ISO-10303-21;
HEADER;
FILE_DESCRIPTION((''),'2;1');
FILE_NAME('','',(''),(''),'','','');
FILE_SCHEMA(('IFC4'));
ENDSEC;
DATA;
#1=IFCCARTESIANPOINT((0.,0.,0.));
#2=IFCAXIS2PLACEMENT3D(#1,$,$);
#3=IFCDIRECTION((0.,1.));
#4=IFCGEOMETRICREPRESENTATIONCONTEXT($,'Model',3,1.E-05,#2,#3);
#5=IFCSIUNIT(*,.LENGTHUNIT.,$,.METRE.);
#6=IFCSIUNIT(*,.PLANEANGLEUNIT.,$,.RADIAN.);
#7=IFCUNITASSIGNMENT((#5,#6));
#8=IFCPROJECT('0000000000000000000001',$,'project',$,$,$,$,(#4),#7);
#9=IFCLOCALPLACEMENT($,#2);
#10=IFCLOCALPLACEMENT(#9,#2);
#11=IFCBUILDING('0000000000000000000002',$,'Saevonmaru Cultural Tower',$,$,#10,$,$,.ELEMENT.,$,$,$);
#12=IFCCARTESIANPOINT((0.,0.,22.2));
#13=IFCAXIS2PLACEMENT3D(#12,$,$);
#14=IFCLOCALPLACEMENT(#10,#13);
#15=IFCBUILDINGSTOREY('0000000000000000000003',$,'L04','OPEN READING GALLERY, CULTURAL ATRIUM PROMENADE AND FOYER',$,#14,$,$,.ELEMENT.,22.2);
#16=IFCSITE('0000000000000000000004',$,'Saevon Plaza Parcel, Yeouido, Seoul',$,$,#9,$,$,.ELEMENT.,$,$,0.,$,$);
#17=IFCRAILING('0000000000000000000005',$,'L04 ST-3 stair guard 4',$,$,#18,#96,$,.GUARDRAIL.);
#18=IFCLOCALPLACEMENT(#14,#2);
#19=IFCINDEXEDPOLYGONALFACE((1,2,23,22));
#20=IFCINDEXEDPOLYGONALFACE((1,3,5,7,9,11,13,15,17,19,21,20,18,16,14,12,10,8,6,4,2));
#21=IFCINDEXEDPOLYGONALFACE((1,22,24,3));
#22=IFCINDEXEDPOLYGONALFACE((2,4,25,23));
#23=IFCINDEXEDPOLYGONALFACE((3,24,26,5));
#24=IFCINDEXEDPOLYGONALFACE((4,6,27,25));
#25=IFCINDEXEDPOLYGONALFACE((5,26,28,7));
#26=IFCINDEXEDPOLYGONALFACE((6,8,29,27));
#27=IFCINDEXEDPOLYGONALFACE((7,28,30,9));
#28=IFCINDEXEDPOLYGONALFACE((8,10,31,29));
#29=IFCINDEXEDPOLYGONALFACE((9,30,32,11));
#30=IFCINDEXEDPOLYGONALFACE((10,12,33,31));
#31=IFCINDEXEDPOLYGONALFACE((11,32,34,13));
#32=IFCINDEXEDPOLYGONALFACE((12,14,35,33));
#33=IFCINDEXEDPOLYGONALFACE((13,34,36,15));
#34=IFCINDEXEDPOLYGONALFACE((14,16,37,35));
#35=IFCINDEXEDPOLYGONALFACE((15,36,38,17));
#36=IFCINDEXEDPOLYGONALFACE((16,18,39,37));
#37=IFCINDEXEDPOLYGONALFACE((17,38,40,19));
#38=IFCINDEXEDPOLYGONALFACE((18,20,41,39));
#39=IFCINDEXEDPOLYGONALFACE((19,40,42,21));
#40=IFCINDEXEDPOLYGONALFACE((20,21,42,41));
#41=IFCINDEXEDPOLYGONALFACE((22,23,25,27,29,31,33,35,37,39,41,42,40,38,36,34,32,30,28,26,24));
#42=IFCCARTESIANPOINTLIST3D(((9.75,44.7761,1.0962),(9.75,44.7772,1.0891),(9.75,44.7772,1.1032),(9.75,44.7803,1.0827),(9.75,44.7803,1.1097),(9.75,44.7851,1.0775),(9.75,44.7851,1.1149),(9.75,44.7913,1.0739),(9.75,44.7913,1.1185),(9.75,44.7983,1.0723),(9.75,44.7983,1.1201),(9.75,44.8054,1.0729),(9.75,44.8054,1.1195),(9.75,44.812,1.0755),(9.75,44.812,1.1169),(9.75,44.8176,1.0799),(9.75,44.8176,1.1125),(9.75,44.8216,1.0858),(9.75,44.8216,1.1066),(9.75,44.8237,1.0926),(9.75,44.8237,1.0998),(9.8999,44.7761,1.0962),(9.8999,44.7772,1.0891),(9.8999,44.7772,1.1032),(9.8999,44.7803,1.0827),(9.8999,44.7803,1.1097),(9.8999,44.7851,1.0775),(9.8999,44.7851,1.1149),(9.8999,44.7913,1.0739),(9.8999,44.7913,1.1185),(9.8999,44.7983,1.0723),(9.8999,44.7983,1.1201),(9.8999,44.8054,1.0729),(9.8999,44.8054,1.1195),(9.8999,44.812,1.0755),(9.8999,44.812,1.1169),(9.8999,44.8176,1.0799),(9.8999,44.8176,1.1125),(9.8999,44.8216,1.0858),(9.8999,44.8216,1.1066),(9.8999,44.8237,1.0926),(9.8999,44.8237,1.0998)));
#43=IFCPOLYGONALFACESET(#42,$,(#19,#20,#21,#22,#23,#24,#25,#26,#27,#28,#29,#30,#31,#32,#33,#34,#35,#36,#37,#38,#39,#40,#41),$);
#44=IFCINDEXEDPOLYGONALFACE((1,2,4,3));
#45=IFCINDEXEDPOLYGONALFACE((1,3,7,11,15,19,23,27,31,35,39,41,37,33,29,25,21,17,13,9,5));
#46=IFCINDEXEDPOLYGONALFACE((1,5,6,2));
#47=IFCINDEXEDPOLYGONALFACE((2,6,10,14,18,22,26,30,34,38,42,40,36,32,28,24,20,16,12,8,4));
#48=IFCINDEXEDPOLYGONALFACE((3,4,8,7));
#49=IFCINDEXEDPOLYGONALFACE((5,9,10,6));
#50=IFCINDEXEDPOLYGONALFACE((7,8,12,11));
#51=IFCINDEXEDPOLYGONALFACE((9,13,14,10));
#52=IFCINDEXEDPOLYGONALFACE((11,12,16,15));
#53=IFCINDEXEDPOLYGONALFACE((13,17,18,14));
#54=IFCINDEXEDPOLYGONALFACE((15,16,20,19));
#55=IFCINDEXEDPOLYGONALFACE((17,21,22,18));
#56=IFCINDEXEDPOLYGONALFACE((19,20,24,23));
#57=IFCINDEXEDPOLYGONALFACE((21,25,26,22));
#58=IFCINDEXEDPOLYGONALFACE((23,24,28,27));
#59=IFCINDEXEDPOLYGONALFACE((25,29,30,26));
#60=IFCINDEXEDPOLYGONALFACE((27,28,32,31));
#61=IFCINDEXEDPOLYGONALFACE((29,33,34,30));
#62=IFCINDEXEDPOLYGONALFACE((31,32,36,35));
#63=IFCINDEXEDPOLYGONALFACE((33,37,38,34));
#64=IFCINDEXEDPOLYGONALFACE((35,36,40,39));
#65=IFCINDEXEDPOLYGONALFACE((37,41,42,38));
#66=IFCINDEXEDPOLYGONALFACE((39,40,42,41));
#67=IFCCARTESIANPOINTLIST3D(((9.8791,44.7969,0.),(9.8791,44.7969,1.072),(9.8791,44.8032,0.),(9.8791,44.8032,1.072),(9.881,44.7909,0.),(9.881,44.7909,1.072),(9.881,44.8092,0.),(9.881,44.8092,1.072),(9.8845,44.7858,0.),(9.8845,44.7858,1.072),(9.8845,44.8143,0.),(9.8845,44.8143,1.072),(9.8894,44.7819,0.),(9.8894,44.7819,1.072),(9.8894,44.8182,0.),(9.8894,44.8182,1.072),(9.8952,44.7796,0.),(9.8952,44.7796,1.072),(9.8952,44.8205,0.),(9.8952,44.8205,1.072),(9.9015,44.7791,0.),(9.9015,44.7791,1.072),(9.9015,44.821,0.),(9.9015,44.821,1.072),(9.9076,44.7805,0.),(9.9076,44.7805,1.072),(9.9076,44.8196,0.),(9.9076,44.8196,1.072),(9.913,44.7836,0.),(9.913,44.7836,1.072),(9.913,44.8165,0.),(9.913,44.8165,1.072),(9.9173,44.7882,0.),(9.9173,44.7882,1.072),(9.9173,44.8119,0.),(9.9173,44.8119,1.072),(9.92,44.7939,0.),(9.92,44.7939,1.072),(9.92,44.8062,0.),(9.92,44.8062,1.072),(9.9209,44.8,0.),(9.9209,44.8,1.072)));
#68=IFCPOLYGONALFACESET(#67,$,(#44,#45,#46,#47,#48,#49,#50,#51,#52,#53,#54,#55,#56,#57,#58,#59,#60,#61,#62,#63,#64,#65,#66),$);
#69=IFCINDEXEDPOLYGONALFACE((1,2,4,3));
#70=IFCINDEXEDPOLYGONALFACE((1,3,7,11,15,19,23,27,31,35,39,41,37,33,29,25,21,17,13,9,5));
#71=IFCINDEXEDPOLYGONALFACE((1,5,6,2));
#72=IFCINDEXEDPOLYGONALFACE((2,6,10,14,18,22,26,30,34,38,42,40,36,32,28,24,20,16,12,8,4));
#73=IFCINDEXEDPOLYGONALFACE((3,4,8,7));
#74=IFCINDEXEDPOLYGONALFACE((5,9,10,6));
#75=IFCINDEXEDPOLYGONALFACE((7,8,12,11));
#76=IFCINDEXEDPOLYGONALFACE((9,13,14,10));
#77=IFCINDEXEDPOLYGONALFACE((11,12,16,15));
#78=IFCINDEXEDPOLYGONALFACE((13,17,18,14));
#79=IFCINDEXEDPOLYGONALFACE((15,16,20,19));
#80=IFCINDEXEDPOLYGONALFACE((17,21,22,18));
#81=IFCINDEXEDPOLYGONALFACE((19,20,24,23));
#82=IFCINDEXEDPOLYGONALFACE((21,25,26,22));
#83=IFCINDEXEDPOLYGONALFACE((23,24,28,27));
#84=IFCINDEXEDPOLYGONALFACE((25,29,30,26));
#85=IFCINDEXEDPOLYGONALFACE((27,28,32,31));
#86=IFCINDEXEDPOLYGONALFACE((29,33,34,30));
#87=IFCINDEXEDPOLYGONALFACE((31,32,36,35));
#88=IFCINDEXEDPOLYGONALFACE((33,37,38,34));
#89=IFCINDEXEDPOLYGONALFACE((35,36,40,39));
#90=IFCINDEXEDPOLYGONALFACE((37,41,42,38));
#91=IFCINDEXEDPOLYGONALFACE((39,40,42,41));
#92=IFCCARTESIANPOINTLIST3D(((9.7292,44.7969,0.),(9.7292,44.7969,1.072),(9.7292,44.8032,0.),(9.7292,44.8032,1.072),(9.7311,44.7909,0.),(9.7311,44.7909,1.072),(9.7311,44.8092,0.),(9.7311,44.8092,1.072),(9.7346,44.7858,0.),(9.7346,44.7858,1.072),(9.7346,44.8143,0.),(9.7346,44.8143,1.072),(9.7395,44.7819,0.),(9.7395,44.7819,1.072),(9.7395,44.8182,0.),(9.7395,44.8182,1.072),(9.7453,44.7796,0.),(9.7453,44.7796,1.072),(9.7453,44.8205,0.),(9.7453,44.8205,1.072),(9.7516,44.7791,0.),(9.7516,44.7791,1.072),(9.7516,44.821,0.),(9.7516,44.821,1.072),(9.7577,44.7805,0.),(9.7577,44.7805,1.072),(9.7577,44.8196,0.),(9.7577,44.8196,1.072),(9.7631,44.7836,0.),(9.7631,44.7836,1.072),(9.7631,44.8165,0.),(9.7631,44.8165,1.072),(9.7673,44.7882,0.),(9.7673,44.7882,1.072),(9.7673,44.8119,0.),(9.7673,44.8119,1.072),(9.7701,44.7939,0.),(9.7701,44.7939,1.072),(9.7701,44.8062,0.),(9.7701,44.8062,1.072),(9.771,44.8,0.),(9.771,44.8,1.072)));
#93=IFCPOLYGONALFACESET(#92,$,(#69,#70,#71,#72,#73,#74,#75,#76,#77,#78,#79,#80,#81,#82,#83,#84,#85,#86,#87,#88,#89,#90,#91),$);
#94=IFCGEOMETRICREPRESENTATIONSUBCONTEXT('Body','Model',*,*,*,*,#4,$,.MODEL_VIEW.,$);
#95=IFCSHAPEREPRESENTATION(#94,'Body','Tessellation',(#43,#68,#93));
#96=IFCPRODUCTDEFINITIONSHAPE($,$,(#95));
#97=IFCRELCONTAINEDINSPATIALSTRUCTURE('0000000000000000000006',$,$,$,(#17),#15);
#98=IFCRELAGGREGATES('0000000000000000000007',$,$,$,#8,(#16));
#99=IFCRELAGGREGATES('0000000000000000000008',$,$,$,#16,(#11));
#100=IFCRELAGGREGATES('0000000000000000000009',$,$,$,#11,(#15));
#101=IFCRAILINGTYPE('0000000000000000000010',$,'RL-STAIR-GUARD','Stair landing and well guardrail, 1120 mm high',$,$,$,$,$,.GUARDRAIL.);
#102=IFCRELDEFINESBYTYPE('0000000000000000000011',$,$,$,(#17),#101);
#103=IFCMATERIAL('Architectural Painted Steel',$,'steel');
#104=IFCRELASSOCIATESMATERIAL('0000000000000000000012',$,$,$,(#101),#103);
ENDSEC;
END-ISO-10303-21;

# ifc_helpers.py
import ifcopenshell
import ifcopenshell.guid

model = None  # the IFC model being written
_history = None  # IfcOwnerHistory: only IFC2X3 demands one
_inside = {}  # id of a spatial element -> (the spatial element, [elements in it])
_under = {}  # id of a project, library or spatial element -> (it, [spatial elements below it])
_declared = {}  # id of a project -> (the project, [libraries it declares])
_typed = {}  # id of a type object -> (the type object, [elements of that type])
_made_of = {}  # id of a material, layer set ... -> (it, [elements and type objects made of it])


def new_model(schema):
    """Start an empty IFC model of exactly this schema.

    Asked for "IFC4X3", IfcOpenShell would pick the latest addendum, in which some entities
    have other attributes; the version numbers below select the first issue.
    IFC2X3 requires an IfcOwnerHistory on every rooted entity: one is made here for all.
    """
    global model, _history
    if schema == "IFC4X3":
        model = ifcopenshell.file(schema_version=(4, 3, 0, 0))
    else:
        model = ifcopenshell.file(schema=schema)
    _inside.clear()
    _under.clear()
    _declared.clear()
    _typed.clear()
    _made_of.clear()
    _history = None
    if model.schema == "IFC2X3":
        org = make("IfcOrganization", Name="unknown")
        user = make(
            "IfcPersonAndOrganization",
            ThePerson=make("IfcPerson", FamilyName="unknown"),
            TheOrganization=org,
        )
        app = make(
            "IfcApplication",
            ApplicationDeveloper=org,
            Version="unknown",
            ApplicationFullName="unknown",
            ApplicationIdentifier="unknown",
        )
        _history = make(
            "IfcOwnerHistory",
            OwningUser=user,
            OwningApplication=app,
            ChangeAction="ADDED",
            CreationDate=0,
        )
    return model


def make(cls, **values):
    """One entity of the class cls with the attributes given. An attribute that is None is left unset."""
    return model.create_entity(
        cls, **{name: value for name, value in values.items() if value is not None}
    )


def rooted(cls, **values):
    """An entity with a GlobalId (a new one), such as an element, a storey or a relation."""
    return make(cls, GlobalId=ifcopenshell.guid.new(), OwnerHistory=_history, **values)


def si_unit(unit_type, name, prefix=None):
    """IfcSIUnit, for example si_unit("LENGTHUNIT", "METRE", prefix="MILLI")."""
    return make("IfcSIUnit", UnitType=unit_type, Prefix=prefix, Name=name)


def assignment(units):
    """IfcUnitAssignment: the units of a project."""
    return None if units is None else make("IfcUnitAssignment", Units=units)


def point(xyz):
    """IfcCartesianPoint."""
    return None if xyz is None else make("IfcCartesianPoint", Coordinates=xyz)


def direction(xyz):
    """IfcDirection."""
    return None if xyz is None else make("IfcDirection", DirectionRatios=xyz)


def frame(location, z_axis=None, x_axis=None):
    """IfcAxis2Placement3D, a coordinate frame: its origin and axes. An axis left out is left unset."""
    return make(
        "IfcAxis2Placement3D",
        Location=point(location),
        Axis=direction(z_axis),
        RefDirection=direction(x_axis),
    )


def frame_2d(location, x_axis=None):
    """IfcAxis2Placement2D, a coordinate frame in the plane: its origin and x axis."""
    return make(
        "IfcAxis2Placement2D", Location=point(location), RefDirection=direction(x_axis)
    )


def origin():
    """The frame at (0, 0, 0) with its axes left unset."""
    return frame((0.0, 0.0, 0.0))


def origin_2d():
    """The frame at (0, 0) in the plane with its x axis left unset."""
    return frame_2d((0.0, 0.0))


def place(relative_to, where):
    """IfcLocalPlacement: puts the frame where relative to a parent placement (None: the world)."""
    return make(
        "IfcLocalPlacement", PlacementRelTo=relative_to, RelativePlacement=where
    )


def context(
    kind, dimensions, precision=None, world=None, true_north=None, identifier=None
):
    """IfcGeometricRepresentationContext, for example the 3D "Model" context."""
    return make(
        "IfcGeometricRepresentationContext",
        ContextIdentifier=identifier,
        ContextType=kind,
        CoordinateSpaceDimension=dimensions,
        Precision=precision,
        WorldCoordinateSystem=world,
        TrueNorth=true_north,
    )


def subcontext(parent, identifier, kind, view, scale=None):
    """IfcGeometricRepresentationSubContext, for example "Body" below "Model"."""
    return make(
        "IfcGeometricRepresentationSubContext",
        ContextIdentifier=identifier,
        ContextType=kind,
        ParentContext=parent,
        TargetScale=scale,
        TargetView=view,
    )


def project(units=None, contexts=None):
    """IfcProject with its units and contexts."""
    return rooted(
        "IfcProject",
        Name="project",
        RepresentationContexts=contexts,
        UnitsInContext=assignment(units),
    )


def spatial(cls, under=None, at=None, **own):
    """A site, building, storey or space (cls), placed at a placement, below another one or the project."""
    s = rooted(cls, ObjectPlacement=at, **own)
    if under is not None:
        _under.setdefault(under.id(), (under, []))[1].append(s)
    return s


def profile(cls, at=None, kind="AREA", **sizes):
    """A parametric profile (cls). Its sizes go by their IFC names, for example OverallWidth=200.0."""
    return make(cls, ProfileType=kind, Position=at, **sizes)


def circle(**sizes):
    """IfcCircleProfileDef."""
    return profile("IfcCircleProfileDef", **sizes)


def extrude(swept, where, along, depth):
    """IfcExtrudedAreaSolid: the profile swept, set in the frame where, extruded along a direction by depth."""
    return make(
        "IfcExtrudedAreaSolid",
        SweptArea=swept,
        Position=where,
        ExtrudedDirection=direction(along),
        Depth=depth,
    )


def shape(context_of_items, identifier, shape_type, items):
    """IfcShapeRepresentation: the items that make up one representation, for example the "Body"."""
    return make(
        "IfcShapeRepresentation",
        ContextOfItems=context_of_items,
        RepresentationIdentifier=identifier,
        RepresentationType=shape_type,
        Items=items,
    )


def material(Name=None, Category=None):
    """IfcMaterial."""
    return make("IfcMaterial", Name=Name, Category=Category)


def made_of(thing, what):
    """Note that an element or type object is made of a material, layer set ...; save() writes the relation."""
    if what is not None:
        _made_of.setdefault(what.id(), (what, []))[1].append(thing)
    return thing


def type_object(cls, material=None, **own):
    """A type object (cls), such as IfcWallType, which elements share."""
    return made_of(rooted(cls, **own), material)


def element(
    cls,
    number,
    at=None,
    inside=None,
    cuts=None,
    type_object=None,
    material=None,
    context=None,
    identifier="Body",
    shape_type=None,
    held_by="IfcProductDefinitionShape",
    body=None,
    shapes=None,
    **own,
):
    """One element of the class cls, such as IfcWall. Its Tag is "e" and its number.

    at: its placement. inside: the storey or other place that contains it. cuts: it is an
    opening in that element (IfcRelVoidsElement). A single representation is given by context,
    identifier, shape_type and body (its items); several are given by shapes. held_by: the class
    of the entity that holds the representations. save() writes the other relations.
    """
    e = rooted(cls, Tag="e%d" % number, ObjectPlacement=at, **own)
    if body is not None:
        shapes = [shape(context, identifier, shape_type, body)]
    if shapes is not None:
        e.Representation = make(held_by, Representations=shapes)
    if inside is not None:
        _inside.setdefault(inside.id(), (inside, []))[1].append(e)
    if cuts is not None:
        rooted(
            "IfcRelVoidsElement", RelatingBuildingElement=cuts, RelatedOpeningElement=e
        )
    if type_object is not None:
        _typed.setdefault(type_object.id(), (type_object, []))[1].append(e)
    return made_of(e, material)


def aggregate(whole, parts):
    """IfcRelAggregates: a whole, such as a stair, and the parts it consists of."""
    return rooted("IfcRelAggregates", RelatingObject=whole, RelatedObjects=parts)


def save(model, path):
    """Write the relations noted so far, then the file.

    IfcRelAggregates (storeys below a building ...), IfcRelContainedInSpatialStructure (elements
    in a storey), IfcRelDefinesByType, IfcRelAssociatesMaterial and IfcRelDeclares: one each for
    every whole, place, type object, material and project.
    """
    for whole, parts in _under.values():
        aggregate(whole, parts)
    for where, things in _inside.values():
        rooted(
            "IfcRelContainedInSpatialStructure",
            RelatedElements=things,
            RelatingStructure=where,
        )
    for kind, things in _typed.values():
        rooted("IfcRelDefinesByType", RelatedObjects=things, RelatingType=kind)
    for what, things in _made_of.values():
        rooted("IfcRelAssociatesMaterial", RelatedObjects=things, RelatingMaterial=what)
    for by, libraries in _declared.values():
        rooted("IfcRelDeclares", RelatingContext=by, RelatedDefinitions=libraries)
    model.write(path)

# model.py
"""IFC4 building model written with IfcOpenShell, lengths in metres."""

from ifc_helpers import new_model, si_unit, direction, frame, origin, origin_2d, place, context, subcontext, project, spatial, circle, extrude, material, type_object, element, save


model = new_model("IFC4")

# Units and contexts
model_context = context("Model", 3, precision=1e-05, world=origin(), true_north=direction((0.0, 1.0)))
body_context = subcontext(model_context, "Body", "Model", "MODEL_VIEW")
ifc_project = project(units=[si_unit("LENGTHUNIT", "METRE"), si_unit("PLANEANGLEUNIT", "RADIAN")], contexts=[model_context])

# Site, building, storey
site_placement = place(None, origin())
site = spatial("IfcSite", under=ifc_project, at=site_placement, Name="Saevon Plaza Parcel, Yeouido, Seoul", CompositionType="ELEMENT", RefElevation=0.0)
building_placement = place(site_placement, origin())
building = spatial("IfcBuilding", under=site, at=building_placement, Name="Saevonmaru Cultural Tower", CompositionType="ELEMENT")
storey_placement = place(building_placement, frame((0.0, 0.0, 22.2)))
storey = spatial("IfcBuildingStorey", under=building, at=storey_placement, Name="L04", Description="OPEN READING GALLERY, CULTURAL ATRIUM PROMENADE AND FOYER", CompositionType="ELEMENT", Elevation=22.2)

# Railing
ifc_material_1 = material(Name="Architectural Painted Steel", Category="steel")
railing_type_1 = type_object("IfcRailingType", Name="RL-STAIR-GUARD", Description="Stair landing and well guardrail, 1120 mm high", PredefinedType="GUARDRAIL", material=ifc_material_1)
railing_1_placement = place(storey_placement, frame((9.8999, 44.8, 0.0)))
element("IfcRailing", 1, at=railing_1_placement, inside=storey, type_object=railing_type_1, Name="L04 ST-3 stair guard 4", PredefinedType="GUARDRAIL", context=body_context, shape_type="SweptSolid", body=[
    extrude(circle(Radius=0.0239, at=origin_2d()), frame((0.0, 0.0, 1.0962), z_axis=(-1.0, 0.0, 0.0), x_axis=(0.0, -1.0, 0.0)), (0.0, 0.0, 1.0), 0.1499),
    extrude(circle(Radius=0.021, at=origin_2d()), origin(), (0.0, 0.0, 1.0), 1.072),
    extrude(circle(Radius=0.021, at=origin_2d()), frame((-0.1499, 0.0, 0.0)), (0.0, 0.0, 1.0), 1.072),
])

save(model, "model.ifc")
